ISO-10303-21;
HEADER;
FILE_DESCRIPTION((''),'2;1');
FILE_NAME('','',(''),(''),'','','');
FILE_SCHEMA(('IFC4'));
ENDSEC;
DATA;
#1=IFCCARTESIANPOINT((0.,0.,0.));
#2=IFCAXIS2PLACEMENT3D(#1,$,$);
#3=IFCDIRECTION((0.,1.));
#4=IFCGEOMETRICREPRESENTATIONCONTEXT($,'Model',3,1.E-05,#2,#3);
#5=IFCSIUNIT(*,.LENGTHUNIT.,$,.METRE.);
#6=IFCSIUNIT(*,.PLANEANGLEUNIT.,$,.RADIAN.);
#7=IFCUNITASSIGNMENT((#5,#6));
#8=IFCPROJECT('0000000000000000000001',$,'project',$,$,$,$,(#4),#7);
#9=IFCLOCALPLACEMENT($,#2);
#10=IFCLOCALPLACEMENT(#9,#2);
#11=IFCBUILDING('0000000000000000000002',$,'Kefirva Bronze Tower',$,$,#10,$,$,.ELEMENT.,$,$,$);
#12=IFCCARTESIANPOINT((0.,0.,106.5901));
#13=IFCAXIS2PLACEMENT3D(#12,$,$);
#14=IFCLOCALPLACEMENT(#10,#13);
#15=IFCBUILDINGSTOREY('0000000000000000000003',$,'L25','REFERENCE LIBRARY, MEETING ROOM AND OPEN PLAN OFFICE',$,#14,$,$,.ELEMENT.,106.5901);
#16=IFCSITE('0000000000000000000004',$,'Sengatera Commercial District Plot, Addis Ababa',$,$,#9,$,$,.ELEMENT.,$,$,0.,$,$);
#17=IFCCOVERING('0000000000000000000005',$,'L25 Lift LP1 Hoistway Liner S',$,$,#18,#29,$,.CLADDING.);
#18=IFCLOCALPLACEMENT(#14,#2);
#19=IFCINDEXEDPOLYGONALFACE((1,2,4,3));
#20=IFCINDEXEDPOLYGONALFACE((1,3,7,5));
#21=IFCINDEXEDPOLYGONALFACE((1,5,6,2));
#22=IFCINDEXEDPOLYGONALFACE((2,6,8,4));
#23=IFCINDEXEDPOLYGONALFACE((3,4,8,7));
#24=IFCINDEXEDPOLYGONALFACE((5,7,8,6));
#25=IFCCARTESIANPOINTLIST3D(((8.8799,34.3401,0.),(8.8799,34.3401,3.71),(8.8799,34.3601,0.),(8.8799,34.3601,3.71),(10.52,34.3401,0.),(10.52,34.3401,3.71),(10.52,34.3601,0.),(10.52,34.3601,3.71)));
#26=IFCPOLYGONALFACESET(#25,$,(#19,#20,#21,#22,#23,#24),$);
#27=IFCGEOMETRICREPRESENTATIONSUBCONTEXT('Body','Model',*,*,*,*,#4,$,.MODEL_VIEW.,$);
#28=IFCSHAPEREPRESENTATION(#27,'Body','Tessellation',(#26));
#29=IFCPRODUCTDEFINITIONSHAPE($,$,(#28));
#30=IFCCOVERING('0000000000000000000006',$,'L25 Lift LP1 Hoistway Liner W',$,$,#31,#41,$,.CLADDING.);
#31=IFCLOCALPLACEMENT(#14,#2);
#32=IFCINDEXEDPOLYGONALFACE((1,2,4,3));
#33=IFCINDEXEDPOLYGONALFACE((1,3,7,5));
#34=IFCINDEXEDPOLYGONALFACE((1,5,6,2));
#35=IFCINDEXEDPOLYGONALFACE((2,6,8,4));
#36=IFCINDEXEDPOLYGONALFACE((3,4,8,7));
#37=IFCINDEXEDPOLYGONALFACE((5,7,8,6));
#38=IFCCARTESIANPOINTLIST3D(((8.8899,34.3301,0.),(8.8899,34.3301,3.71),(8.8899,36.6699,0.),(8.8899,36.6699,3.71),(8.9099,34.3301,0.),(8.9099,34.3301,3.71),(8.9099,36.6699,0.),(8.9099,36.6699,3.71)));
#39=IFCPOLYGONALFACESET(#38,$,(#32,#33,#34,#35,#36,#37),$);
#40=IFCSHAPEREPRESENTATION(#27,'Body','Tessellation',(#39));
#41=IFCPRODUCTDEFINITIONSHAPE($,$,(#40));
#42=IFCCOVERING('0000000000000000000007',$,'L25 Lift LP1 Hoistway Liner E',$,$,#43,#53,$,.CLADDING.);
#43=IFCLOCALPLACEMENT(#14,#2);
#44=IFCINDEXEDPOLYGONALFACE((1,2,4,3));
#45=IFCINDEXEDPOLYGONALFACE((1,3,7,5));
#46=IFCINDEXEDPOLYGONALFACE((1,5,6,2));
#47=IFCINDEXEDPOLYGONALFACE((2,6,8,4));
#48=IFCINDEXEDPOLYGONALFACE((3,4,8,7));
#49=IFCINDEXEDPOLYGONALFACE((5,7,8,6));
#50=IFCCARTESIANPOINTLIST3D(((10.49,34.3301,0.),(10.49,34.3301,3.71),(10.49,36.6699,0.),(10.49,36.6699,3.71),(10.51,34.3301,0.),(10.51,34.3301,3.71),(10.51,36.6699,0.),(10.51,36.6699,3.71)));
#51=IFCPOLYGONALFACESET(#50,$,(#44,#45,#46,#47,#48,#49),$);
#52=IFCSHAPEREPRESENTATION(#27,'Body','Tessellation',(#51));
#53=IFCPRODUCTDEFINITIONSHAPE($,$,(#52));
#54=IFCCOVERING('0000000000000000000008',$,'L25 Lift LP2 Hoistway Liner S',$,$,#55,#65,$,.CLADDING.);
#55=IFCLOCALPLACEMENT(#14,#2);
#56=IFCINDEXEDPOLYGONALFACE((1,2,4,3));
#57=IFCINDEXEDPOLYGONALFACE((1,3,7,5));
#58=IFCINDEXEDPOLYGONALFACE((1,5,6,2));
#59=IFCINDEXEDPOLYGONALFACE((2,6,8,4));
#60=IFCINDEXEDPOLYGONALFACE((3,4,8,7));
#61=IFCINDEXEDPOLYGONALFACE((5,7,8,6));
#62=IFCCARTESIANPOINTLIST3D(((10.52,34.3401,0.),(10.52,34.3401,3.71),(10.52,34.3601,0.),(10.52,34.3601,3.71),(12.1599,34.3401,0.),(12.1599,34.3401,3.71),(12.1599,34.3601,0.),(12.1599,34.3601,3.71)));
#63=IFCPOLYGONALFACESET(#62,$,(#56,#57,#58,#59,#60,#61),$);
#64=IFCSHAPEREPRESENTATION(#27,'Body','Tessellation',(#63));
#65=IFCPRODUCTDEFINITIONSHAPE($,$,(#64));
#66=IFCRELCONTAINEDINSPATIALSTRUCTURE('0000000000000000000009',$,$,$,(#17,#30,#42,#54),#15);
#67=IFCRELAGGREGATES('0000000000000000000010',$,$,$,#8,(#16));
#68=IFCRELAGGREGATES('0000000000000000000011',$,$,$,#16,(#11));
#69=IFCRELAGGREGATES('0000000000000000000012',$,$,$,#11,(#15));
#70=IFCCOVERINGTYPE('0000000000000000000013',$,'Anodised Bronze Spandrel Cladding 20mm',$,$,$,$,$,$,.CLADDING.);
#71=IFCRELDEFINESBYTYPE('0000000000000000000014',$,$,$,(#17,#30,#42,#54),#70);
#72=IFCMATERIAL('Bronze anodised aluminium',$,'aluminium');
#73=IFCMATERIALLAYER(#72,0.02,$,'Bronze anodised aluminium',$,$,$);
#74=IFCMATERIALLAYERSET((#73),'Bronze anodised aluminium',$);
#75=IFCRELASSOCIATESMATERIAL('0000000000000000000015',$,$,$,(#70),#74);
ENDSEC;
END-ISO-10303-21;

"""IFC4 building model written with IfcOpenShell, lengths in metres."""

from ifc_helpers import new_model, si_unit, direction, frame, origin, place, context, subcontext, project, spatial, polyline, outline, extrude, material, layer, layer_set, type_object, element, save


model = new_model("IFC4")

# Units and contexts
model_context = context("Model", 3, precision=1e-05, world=origin(), true_north=direction((0.0, 1.0)))
body_context = subcontext(model_context, "Body", "Model", "MODEL_VIEW")
ifc_project = project(units=[si_unit("LENGTHUNIT", "METRE"), si_unit("PLANEANGLEUNIT", "RADIAN")], contexts=[model_context])

# Site, building, storey
site_placement = place(None, origin())
site = spatial("IfcSite", under=ifc_project, at=site_placement, Name="Sengatera Commercial District Plot, Addis Ababa", CompositionType="ELEMENT", RefElevation=0.0)
building_placement = place(site_placement, origin())
building = spatial("IfcBuilding", under=site, at=building_placement, Name="Kefirva Bronze Tower", CompositionType="ELEMENT")
storey_placement = place(building_placement, frame((0.0, 0.0, 106.5901)))
storey = spatial("IfcBuildingStorey", under=building, at=storey_placement, Name="L25", Description="REFERENCE LIBRARY, MEETING ROOM AND OPEN PLAN OFFICE", CompositionType="ELEMENT", Elevation=106.5901)

# Coverings
ifc_material_1 = material(Name="Bronze anodised aluminium", Category="aluminium")
ifc_layer_1 = layer(ifc_material_1, 0.02, Name="Bronze anodised aluminium")
ifc_layer_set_1 = layer_set([ifc_layer_1], Name="Bronze anodised aluminium")
covering_type = type_object("IfcCoveringType", Name="Anodised Bronze Spandrel Cladding 20mm", PredefinedType="CLADDING", material=ifc_layer_set_1)
covering_1_placement = place(storey_placement, origin())
element("IfcCovering", 1, at=covering_1_placement, inside=storey, type_object=covering_type, Name="L25 Lift LP1 Hoistway Liner S", PredefinedType="CLADDING", context=body_context, shape_type="SweptSolid", body=[
    extrude(outline(polyline([(8.8799, 34.3401), (10.52, 34.3401), (10.52, 34.3601), (8.8799, 34.3601), (8.8799, 34.3401)])), origin(), (0.0, 0.0, 1.0), 3.71),
])
covering_2_placement = place(storey_placement, origin())
element("IfcCovering", 2, at=covering_2_placement, inside=storey, type_object=covering_type, Name="L25 Lift LP1 Hoistway Liner W", PredefinedType="CLADDING", context=body_context, shape_type="SweptSolid", body=[
    extrude(outline(polyline([(8.8899, 34.3301), (8.9099, 34.3301), (8.9099, 36.6699), (8.8899, 36.6699), (8.8899, 34.3301)])), origin(), (0.0, 0.0, 1.0), 3.71),
])
covering_3_placement = place(storey_placement, origin())
element("IfcCovering", 3, at=covering_3_placement, inside=storey, type_object=covering_type, Name="L25 Lift LP1 Hoistway Liner E", PredefinedType="CLADDING", context=body_context, shape_type="SweptSolid", body=[
    extrude(outline(polyline([(10.49, 34.3301), (10.51, 34.3301), (10.51, 36.6699), (10.49, 36.6699), (10.49, 34.3301)])), origin(), (0.0, 0.0, 1.0), 3.71),
])
covering_4_placement = place(storey_placement, origin())
element("IfcCovering", 4, at=covering_4_placement, inside=storey, type_object=covering_type, Name="L25 Lift LP2 Hoistway Liner S", PredefinedType="CLADDING", context=body_context, shape_type="SweptSolid", body=[
    extrude(outline(polyline([(10.52, 34.3401), (12.1599, 34.3401), (12.1599, 34.3601), (10.52, 34.3601), (10.52, 34.3401)])), origin(), (0.0, 0.0, 1.0), 3.71),
])

save(model, "model.ifc")
